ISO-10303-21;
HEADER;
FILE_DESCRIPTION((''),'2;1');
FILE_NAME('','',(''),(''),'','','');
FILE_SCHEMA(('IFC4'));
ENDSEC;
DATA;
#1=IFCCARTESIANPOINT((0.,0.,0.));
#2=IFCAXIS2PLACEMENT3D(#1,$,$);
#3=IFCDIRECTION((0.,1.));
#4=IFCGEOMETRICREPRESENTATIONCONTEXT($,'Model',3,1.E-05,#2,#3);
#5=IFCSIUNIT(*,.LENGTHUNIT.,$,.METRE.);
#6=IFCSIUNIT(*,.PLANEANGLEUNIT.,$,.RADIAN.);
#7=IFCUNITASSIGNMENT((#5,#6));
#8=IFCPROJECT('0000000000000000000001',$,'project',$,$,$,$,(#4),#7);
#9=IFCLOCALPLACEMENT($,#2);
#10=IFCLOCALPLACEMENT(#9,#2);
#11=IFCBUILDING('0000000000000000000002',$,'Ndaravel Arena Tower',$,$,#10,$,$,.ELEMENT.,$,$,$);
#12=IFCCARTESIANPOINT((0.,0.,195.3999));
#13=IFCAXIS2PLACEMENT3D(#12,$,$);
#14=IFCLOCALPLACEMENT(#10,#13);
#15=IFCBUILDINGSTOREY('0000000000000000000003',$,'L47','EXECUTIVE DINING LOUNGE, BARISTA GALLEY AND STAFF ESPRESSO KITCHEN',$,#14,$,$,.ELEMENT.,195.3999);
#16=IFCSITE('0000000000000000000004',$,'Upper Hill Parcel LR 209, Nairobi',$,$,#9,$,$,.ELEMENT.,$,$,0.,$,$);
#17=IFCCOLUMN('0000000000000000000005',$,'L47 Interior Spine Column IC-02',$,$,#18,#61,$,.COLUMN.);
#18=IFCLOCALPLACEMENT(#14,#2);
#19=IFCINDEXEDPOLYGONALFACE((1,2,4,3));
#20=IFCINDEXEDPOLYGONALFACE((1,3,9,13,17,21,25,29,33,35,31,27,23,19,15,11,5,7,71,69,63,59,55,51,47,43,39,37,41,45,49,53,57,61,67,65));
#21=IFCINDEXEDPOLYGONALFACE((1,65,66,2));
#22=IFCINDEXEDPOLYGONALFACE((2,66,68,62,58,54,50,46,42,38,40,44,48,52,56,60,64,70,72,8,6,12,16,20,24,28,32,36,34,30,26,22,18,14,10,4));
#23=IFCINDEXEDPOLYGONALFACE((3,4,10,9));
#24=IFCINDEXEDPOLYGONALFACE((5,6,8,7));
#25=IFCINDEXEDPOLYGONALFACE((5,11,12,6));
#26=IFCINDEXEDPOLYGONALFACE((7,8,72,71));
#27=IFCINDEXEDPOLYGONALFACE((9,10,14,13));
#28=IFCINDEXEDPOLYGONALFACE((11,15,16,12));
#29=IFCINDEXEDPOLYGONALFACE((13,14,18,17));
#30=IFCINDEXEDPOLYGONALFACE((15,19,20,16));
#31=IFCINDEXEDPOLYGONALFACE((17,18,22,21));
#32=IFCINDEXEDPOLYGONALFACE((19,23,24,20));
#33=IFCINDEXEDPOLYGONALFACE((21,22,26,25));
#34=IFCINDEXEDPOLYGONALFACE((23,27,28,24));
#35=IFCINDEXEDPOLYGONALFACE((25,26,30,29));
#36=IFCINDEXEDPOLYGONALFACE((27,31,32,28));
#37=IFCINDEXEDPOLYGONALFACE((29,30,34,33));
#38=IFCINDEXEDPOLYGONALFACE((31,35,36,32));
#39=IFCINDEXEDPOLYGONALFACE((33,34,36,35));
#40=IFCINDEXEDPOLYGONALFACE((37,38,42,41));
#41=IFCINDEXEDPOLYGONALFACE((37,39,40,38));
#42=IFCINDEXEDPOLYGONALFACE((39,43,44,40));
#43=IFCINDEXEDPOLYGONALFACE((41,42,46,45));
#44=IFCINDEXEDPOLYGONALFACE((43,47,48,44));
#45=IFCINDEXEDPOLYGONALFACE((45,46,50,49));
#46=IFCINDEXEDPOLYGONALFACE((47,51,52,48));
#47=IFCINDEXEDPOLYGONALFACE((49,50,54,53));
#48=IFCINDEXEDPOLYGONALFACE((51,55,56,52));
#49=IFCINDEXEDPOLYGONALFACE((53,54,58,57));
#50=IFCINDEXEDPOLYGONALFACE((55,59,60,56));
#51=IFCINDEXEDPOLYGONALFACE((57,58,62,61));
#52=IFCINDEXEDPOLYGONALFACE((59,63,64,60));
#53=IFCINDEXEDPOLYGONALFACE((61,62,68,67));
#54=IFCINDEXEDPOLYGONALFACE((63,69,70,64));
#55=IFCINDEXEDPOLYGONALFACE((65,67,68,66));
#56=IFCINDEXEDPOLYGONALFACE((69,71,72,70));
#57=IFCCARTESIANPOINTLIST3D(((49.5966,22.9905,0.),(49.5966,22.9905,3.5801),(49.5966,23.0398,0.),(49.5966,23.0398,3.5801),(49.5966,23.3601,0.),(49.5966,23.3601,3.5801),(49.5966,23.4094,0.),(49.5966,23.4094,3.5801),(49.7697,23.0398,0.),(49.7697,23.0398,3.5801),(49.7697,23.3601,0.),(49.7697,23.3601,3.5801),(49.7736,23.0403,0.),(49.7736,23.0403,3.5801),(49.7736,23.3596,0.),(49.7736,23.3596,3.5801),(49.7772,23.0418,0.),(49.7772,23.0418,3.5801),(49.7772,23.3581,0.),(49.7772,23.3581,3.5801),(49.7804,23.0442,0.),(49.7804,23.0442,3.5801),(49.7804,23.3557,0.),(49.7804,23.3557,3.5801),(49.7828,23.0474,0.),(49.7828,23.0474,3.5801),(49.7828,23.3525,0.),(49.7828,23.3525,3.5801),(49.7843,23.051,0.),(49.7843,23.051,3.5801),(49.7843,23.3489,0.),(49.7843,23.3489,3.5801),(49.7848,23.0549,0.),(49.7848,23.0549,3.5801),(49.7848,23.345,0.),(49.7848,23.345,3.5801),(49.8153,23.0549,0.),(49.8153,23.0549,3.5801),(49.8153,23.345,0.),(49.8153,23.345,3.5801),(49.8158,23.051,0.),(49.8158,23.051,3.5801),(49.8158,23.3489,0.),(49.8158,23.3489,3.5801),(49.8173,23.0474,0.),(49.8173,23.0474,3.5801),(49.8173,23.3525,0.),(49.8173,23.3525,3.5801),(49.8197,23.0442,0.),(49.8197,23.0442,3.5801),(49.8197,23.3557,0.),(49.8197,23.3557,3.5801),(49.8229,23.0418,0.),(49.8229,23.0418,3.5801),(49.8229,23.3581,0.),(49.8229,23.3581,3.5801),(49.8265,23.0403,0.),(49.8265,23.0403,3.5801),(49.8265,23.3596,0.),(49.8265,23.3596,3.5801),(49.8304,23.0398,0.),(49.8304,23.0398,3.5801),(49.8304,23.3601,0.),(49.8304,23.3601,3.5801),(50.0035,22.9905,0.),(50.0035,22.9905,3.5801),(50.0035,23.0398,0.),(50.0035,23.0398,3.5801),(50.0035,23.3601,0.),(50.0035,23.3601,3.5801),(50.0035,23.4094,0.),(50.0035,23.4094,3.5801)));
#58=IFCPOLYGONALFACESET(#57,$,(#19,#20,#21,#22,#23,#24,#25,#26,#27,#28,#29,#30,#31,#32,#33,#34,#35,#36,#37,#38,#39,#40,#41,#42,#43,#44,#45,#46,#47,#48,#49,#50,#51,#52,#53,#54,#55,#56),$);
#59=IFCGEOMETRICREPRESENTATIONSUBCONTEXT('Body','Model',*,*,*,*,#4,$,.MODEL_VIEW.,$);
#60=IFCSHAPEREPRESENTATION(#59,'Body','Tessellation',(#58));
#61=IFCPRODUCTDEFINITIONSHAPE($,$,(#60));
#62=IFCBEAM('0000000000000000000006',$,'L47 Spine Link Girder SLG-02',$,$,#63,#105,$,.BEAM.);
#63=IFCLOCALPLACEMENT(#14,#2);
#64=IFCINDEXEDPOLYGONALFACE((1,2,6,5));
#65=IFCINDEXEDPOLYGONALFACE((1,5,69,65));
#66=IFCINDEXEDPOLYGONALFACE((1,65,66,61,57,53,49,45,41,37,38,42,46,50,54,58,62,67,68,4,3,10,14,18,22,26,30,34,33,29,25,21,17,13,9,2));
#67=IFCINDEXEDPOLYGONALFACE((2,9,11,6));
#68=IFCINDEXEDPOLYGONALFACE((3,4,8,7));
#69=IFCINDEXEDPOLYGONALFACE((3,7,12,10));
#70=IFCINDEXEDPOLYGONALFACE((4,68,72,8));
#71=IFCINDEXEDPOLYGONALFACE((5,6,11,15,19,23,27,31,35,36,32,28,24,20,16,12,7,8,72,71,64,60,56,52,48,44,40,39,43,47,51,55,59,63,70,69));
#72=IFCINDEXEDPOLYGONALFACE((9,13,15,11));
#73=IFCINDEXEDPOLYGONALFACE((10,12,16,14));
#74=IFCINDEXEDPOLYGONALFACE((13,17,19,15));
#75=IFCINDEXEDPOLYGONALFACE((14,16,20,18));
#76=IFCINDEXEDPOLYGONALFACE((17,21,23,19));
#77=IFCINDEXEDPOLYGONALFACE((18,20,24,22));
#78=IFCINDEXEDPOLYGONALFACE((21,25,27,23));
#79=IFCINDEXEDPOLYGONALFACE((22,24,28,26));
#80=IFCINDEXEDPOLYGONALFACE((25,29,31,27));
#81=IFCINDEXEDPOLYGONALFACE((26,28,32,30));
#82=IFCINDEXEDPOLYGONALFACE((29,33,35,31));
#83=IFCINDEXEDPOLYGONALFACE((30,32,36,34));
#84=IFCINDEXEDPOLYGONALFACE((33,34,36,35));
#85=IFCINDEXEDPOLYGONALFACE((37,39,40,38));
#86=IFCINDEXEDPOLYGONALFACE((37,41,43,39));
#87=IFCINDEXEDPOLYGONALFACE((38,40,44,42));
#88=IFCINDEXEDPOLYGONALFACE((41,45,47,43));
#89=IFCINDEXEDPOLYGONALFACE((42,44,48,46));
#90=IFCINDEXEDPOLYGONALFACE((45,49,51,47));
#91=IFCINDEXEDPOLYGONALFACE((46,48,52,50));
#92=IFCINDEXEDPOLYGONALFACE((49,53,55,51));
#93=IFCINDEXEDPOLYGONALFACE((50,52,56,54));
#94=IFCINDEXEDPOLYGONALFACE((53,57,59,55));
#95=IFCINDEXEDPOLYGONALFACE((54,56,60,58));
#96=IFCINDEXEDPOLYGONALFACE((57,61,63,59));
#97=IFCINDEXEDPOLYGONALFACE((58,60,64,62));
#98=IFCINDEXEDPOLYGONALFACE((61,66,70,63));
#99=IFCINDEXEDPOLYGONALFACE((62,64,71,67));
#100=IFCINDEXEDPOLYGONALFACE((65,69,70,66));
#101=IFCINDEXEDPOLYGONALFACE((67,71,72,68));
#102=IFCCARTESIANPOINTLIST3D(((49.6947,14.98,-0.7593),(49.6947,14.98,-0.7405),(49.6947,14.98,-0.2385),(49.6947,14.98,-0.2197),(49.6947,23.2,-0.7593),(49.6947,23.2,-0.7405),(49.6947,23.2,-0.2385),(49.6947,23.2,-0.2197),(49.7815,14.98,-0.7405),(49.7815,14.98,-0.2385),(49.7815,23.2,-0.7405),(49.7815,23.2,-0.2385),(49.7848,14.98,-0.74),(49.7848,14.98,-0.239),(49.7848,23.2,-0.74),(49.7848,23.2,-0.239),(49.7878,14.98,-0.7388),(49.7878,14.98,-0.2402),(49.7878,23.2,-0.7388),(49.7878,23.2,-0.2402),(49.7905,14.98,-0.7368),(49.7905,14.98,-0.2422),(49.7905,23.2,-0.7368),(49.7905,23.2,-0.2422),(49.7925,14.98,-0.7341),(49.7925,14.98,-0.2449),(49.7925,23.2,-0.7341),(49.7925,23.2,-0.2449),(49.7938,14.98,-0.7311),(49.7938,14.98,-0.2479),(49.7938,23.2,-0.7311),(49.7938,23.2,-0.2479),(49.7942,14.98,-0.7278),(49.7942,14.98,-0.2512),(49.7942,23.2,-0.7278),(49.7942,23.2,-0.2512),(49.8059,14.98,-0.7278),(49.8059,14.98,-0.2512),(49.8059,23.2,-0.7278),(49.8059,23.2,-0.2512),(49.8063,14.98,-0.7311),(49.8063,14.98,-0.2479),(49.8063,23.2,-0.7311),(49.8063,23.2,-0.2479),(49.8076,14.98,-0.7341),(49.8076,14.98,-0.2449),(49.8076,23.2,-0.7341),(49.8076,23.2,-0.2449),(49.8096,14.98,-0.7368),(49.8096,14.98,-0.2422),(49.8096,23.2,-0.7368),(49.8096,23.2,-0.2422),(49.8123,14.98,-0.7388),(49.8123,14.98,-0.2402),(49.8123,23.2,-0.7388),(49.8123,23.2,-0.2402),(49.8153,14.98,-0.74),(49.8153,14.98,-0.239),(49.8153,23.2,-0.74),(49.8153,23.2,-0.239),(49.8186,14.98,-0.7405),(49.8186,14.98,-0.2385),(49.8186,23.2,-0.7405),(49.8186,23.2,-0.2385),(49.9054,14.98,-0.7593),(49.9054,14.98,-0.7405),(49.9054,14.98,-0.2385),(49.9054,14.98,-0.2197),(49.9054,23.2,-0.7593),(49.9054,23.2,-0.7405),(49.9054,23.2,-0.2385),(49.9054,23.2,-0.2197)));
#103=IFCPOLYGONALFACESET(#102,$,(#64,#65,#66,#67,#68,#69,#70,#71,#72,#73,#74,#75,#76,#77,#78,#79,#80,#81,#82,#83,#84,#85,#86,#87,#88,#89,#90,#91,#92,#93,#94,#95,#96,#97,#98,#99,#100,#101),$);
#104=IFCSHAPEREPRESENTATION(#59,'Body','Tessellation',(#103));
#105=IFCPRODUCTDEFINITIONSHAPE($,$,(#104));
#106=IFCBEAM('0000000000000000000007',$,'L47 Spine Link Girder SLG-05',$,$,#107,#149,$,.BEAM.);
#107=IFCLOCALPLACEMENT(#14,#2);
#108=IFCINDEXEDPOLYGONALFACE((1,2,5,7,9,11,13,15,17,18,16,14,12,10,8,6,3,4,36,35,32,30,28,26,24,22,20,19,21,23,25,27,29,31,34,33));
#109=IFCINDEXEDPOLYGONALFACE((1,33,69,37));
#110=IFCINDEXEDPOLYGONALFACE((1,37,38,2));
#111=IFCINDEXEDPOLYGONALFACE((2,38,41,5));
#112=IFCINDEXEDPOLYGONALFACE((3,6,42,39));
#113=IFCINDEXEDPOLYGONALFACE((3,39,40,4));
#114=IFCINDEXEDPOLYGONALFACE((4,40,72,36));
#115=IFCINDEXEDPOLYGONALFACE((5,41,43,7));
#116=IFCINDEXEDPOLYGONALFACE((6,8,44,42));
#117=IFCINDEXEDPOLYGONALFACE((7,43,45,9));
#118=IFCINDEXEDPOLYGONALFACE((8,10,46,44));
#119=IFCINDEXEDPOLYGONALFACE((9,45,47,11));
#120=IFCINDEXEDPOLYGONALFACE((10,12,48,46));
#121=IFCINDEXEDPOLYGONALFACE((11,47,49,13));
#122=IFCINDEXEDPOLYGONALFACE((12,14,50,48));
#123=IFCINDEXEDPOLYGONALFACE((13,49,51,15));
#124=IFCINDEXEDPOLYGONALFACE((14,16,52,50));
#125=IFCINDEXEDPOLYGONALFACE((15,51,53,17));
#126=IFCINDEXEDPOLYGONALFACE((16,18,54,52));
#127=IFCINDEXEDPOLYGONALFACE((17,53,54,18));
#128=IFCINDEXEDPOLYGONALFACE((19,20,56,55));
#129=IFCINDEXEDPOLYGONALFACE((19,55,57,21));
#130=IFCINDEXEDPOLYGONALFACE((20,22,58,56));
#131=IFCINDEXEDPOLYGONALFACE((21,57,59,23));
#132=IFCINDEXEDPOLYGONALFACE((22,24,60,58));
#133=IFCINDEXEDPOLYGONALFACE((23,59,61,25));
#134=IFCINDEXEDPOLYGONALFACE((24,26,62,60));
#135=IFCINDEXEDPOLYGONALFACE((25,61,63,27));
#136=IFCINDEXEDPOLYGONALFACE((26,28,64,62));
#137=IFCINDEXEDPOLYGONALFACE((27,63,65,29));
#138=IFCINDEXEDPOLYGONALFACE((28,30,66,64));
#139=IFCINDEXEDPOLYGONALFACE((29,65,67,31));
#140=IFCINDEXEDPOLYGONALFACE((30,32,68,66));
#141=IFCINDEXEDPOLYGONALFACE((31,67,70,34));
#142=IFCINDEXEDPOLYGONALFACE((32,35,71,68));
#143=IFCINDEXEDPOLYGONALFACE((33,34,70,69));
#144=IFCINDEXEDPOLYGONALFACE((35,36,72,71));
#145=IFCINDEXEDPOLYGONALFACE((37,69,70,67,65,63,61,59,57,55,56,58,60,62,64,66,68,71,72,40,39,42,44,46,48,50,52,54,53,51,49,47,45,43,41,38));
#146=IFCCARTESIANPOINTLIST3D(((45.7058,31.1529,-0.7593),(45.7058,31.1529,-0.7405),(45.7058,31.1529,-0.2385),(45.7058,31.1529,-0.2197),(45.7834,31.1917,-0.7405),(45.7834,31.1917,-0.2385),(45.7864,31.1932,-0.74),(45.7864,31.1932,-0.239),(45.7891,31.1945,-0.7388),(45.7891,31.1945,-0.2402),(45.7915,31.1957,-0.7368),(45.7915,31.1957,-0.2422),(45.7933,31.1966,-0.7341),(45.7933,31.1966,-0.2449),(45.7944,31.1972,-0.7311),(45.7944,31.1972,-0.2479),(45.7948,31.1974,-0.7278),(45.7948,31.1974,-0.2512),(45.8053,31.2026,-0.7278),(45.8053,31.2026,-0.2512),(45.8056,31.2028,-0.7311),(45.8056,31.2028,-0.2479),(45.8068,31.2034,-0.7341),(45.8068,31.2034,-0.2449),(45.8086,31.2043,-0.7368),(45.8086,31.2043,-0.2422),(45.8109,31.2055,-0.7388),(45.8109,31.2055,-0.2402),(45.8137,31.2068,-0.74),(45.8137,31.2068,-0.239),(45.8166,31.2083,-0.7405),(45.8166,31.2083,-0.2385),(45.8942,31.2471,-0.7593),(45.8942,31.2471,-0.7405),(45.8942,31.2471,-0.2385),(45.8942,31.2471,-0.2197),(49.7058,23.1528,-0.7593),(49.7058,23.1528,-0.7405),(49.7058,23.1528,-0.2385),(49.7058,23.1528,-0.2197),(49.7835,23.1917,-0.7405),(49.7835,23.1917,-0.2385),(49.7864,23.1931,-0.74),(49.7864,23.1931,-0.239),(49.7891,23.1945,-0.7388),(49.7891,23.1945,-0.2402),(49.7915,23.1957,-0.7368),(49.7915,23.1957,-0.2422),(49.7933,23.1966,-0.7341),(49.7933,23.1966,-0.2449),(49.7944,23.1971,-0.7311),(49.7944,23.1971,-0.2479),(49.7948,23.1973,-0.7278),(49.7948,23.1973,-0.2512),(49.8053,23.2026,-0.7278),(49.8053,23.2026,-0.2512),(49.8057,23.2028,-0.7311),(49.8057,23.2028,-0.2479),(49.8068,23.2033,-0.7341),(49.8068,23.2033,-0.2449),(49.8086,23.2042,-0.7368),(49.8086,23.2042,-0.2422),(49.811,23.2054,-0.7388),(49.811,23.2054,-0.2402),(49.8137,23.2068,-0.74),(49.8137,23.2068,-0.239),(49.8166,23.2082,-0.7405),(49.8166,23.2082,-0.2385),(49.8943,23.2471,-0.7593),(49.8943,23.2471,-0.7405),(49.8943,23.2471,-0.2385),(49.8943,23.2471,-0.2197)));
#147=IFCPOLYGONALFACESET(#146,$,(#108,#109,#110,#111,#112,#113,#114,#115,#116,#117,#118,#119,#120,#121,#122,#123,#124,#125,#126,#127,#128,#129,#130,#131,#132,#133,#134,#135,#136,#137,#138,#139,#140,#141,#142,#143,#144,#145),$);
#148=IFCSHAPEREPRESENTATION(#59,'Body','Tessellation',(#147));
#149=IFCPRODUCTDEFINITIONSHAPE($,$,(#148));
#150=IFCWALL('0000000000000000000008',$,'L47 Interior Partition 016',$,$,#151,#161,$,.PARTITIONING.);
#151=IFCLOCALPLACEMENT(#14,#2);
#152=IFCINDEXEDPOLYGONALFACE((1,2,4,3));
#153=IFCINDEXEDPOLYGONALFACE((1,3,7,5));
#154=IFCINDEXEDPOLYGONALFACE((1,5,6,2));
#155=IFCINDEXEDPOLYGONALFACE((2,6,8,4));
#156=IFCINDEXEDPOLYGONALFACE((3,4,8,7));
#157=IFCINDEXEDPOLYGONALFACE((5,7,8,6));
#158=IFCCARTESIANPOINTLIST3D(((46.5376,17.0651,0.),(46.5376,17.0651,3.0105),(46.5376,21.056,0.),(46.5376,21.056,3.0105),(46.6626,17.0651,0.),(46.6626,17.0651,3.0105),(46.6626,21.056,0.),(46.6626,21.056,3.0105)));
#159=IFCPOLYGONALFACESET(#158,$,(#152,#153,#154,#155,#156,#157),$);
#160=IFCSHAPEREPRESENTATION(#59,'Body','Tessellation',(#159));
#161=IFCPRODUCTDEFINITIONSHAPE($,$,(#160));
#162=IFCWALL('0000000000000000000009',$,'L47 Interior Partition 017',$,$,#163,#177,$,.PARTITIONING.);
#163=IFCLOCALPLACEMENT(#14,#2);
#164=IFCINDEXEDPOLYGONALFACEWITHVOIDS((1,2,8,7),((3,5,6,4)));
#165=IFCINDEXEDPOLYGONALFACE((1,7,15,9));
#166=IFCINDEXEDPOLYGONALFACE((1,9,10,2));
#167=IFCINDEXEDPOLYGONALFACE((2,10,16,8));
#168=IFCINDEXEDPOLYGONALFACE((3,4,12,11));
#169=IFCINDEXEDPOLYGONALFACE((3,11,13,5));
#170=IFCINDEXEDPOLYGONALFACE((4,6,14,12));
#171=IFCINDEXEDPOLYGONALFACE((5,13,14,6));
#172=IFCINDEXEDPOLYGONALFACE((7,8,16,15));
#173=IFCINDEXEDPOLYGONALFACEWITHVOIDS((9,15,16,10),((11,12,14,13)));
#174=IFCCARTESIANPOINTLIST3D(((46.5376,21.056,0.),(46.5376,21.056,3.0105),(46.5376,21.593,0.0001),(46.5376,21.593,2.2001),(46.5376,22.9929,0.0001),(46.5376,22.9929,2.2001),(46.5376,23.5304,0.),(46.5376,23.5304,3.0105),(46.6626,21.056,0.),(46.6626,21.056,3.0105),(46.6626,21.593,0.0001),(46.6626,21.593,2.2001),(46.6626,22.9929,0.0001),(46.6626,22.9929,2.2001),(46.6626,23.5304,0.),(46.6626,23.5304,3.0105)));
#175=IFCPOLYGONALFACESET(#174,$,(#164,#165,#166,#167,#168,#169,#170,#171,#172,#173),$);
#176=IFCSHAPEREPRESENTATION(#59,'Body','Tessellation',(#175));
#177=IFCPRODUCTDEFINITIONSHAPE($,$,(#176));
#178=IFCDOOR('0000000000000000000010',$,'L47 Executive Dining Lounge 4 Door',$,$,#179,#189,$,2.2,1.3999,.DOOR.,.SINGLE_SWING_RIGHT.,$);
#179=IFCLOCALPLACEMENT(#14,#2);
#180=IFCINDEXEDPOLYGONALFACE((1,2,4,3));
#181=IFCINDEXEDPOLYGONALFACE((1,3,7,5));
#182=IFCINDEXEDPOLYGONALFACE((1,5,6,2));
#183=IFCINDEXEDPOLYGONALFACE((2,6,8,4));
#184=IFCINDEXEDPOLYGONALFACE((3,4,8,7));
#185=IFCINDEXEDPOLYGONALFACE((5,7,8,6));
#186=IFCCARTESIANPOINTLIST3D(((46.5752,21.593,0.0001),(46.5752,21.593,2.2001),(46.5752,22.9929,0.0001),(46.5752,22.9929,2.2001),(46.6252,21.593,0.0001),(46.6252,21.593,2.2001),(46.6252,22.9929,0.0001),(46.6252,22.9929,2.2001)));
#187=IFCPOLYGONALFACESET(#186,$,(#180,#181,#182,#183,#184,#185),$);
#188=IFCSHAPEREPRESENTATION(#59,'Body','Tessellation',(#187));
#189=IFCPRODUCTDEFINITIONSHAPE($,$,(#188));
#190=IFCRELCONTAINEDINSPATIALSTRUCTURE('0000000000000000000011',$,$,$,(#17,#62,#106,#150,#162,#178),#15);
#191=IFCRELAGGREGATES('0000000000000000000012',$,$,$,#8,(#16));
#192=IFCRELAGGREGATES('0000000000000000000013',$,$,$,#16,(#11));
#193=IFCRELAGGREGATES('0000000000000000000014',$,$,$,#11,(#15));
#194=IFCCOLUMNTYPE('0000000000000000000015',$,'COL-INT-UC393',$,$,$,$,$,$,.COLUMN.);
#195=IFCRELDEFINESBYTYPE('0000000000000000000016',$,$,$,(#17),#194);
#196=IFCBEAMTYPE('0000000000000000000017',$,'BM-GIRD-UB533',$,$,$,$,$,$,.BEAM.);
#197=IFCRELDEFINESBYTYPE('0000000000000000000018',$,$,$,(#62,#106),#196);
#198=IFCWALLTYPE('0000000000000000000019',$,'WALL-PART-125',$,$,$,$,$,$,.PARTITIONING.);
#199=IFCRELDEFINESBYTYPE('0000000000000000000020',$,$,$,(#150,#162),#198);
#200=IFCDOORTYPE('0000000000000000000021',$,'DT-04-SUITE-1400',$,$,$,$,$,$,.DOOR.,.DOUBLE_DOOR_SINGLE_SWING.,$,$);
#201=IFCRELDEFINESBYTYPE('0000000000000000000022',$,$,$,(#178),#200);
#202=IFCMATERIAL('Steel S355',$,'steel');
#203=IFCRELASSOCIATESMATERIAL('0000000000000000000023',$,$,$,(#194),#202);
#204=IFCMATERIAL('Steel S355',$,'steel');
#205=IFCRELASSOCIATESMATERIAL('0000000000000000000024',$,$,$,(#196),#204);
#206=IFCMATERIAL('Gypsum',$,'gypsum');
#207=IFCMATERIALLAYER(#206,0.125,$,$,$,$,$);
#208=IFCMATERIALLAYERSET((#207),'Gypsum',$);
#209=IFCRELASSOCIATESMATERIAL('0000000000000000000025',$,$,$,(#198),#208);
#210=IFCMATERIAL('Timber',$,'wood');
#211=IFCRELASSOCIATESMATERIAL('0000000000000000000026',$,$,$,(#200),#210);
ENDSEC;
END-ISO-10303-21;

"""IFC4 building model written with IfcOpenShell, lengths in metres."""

from ifc_helpers import new_model, si_unit, direction, frame, frame_2d, origin, origin_2d, place, context, subcontext, project, spatial, rectangle, i_section, extrude, material, layer, layer_set, material_profile, profile_set, type_object, element, fill, save


model = new_model("IFC4")

# Units and contexts
model_context = context("Model", 3, precision=1e-05, world=origin(), true_north=direction((0.0, 1.0)))
body_context = subcontext(model_context, "Body", "Model", "MODEL_VIEW")
ifc_project = project(units=[si_unit("LENGTHUNIT", "METRE"), si_unit("PLANEANGLEUNIT", "RADIAN")], contexts=[model_context])

# Site, building, storey
site_placement = place(None, origin())
site = spatial("IfcSite", under=ifc_project, at=site_placement, Name="Upper Hill Parcel LR 209, Nairobi", CompositionType="ELEMENT", RefElevation=0.0)
building_placement = place(site_placement, origin())
building = spatial("IfcBuilding", under=site, at=building_placement, Name="Ndaravel Arena Tower", CompositionType="ELEMENT")
storey_placement = place(building_placement, frame((0.0, 0.0, 195.3999)))
storey = spatial("IfcBuildingStorey", under=building, at=storey_placement, Name="L47", Description="EXECUTIVE DINING LOUNGE, BARISTA GALLEY AND STAFF ESPRESSO KITCHEN", CompositionType="ELEMENT", Elevation=195.3999)

# Column
ifc_material_1 = material(Name="Steel S355", Category="steel")
ifc_material_profile_1 = material_profile(ifc_material_1, i_section(OverallWidth=0.407, OverallDepth=0.4189, WebThickness=0.0305, FlangeThickness=0.0493, FilletRadius=0.0151, at=origin_2d()), Name="UC 356x406x393")
ifc_profile_set_1 = profile_set([ifc_material_profile_1], Name="Steel S355")
column_type = type_object("IfcColumnType", Name="COL-INT-UC393", PredefinedType="COLUMN", material=ifc_profile_set_1)
column_placement = place(storey_placement, frame((49.8, 23.2, 0.0), z_axis=(0.0, 0.0, 1.0), x_axis=(1.0, 0.0, 0.0)))
element("IfcColumn", 1, at=column_placement, inside=storey, type_object=column_type, Name="L47 Interior Spine Column IC-02", PredefinedType="COLUMN", context=body_context, shape_type="SweptSolid", body=[
    extrude(i_section(OverallWidth=0.407, OverallDepth=0.4189, WebThickness=0.0305, FlangeThickness=0.0493, FilletRadius=0.0151, at=origin_2d()), origin(), (0.0, 0.0, 1.0), 3.5801),
])

# Beams
ifc_material_2 = material(Name="Steel S355", Category="steel")
ifc_material_profile_2 = material_profile(ifc_material_2, i_section(OverallWidth=0.2107, OverallDepth=0.5396, WebThickness=0.0117, FlangeThickness=0.0188, FilletRadius=0.0127, at=origin_2d()), Name="UB 533x210x109")
ifc_profile_set_2 = profile_set([ifc_material_profile_2], Name="Steel S355")
beam_type = type_object("IfcBeamType", Name="BM-GIRD-UB533", PredefinedType="BEAM", material=ifc_profile_set_2)
beam_1_placement = place(storey_placement, frame((49.8, 14.98, -0.4895), z_axis=(0.0, 1.0, 0.0), x_axis=(-1.0, 0.0, 0.0)))
element("IfcBeam", 2, at=beam_1_placement, inside=storey, type_object=beam_type, Name="L47 Spine Link Girder SLG-02", PredefinedType="BEAM", context=body_context, shape_type="SweptSolid", body=[
    extrude(i_section(OverallWidth=0.2107, OverallDepth=0.5396, WebThickness=0.0117, FlangeThickness=0.0188, FilletRadius=0.0127, at=origin_2d()), origin(), (0.0, 0.0, 1.0), 8.22),
])
beam_2_placement = place(storey_placement, frame((49.8, 23.2, -0.4895), z_axis=(-0.447214, 0.894427, 0.0), x_axis=(-0.894427, -0.447214, 0.0)))
element("IfcBeam", 3, at=beam_2_placement, inside=storey, type_object=beam_type, Name="L47 Spine Link Girder SLG-05", PredefinedType="BEAM", context=body_context, shape_type="SweptSolid", body=[
    extrude(i_section(OverallWidth=0.2107, OverallDepth=0.5396, WebThickness=0.0117, FlangeThickness=0.0188, FilletRadius=0.0127, at=origin_2d()), origin(), (0.0, 0.0, 1.0), 8.9443),
])

# Wall
ifc_material_3 = material(Name="Gypsum", Category="gypsum")
ifc_layer_1 = layer(ifc_material_3, 0.125)
ifc_layer_set_1 = layer_set([ifc_layer_1], Name="Gypsum")
wall_type_1 = type_object("IfcWallType", Name="WALL-PART-125", PredefinedType="PARTITIONING", material=ifc_layer_set_1)
wall_1_placement = place(storey_placement, frame((46.6001, 17.0649, 0.0), z_axis=(0.0, 0.0, 1.0), x_axis=(0.0, 1.0, 0.0)))
element("IfcWall", 4, at=wall_1_placement, inside=storey, type_object=wall_type_1, Name="L47 Interior Partition 016", PredefinedType="PARTITIONING", context=body_context, shape_type="SweptSolid", body=[
    extrude(rectangle(XDim=3.991, YDim=0.125, at=frame_2d((1.9956, 0.0))), origin(), (0.0, 0.0, 1.0), 3.0105),
])

# Wall, opening, door
wall_2_placement = place(storey_placement, frame((46.6001, 21.0559, 0.0), z_axis=(0.0, 0.0, 1.0), x_axis=(0.0, 1.0, 0.0)))
wall_2 = element("IfcWall", 5, at=wall_2_placement, inside=storey, type_object=wall_type_1, Name="L47 Interior Partition 017", PredefinedType="PARTITIONING", context=body_context, shape_type="SweptSolid", body=[
    extrude(rectangle(XDim=2.4744, YDim=0.125, at=frame_2d((1.2373, 0.0))), origin(), (0.0, 0.0, 1.0), 3.0105),
])
opening_1_placement = place(wall_2_placement, frame((0.5371, 0.0, 0.0)))
opening_1 = element("IfcOpeningElement", 6, at=opening_1_placement, cuts=wall_2, PredefinedType="OPENING", context=body_context, shape_type="SweptSolid", body=[
    extrude(rectangle(XDim=1.3999, YDim=2.2, at=frame_2d((0.7, 1.1001))), frame((0.0, 0.0625, 0.0), z_axis=(0.0, -1.0, 0.0), x_axis=(1.0, 0.0, 0.0)), (0.0, 0.0, 1.0), 0.125),
])
ifc_material_4 = material(Name="Timber", Category="wood")
door_type_1 = type_object("IfcDoorType", Name="DT-04-SUITE-1400", OperationType="DOUBLE_DOOR_SINGLE_SWING", PredefinedType="DOOR", material=ifc_material_4)
door_1_placement = place(opening_1_placement, origin())
door_1 = element("IfcDoor", 7, at=door_1_placement, inside=storey, type_object=door_type_1, Name="L47 Executive Dining Lounge 4 Door", OperationType="SINGLE_SWING_RIGHT", OverallHeight=2.2, OverallWidth=1.3999, PredefinedType="DOOR", context=body_context, shape_type="SweptSolid", body=[
    extrude(rectangle(XDim=1.3999, YDim=2.2, at=frame_2d((0.7, 1.1001))), frame((0.0, 0.0249, 0.0), z_axis=(0.0, -1.0, 0.0), x_axis=(1.0, 0.0, 0.0)), (0.0, 0.0, 1.0), 0.05),
])
fill(opening_1, door_1)

save(model, "model.ifc")
